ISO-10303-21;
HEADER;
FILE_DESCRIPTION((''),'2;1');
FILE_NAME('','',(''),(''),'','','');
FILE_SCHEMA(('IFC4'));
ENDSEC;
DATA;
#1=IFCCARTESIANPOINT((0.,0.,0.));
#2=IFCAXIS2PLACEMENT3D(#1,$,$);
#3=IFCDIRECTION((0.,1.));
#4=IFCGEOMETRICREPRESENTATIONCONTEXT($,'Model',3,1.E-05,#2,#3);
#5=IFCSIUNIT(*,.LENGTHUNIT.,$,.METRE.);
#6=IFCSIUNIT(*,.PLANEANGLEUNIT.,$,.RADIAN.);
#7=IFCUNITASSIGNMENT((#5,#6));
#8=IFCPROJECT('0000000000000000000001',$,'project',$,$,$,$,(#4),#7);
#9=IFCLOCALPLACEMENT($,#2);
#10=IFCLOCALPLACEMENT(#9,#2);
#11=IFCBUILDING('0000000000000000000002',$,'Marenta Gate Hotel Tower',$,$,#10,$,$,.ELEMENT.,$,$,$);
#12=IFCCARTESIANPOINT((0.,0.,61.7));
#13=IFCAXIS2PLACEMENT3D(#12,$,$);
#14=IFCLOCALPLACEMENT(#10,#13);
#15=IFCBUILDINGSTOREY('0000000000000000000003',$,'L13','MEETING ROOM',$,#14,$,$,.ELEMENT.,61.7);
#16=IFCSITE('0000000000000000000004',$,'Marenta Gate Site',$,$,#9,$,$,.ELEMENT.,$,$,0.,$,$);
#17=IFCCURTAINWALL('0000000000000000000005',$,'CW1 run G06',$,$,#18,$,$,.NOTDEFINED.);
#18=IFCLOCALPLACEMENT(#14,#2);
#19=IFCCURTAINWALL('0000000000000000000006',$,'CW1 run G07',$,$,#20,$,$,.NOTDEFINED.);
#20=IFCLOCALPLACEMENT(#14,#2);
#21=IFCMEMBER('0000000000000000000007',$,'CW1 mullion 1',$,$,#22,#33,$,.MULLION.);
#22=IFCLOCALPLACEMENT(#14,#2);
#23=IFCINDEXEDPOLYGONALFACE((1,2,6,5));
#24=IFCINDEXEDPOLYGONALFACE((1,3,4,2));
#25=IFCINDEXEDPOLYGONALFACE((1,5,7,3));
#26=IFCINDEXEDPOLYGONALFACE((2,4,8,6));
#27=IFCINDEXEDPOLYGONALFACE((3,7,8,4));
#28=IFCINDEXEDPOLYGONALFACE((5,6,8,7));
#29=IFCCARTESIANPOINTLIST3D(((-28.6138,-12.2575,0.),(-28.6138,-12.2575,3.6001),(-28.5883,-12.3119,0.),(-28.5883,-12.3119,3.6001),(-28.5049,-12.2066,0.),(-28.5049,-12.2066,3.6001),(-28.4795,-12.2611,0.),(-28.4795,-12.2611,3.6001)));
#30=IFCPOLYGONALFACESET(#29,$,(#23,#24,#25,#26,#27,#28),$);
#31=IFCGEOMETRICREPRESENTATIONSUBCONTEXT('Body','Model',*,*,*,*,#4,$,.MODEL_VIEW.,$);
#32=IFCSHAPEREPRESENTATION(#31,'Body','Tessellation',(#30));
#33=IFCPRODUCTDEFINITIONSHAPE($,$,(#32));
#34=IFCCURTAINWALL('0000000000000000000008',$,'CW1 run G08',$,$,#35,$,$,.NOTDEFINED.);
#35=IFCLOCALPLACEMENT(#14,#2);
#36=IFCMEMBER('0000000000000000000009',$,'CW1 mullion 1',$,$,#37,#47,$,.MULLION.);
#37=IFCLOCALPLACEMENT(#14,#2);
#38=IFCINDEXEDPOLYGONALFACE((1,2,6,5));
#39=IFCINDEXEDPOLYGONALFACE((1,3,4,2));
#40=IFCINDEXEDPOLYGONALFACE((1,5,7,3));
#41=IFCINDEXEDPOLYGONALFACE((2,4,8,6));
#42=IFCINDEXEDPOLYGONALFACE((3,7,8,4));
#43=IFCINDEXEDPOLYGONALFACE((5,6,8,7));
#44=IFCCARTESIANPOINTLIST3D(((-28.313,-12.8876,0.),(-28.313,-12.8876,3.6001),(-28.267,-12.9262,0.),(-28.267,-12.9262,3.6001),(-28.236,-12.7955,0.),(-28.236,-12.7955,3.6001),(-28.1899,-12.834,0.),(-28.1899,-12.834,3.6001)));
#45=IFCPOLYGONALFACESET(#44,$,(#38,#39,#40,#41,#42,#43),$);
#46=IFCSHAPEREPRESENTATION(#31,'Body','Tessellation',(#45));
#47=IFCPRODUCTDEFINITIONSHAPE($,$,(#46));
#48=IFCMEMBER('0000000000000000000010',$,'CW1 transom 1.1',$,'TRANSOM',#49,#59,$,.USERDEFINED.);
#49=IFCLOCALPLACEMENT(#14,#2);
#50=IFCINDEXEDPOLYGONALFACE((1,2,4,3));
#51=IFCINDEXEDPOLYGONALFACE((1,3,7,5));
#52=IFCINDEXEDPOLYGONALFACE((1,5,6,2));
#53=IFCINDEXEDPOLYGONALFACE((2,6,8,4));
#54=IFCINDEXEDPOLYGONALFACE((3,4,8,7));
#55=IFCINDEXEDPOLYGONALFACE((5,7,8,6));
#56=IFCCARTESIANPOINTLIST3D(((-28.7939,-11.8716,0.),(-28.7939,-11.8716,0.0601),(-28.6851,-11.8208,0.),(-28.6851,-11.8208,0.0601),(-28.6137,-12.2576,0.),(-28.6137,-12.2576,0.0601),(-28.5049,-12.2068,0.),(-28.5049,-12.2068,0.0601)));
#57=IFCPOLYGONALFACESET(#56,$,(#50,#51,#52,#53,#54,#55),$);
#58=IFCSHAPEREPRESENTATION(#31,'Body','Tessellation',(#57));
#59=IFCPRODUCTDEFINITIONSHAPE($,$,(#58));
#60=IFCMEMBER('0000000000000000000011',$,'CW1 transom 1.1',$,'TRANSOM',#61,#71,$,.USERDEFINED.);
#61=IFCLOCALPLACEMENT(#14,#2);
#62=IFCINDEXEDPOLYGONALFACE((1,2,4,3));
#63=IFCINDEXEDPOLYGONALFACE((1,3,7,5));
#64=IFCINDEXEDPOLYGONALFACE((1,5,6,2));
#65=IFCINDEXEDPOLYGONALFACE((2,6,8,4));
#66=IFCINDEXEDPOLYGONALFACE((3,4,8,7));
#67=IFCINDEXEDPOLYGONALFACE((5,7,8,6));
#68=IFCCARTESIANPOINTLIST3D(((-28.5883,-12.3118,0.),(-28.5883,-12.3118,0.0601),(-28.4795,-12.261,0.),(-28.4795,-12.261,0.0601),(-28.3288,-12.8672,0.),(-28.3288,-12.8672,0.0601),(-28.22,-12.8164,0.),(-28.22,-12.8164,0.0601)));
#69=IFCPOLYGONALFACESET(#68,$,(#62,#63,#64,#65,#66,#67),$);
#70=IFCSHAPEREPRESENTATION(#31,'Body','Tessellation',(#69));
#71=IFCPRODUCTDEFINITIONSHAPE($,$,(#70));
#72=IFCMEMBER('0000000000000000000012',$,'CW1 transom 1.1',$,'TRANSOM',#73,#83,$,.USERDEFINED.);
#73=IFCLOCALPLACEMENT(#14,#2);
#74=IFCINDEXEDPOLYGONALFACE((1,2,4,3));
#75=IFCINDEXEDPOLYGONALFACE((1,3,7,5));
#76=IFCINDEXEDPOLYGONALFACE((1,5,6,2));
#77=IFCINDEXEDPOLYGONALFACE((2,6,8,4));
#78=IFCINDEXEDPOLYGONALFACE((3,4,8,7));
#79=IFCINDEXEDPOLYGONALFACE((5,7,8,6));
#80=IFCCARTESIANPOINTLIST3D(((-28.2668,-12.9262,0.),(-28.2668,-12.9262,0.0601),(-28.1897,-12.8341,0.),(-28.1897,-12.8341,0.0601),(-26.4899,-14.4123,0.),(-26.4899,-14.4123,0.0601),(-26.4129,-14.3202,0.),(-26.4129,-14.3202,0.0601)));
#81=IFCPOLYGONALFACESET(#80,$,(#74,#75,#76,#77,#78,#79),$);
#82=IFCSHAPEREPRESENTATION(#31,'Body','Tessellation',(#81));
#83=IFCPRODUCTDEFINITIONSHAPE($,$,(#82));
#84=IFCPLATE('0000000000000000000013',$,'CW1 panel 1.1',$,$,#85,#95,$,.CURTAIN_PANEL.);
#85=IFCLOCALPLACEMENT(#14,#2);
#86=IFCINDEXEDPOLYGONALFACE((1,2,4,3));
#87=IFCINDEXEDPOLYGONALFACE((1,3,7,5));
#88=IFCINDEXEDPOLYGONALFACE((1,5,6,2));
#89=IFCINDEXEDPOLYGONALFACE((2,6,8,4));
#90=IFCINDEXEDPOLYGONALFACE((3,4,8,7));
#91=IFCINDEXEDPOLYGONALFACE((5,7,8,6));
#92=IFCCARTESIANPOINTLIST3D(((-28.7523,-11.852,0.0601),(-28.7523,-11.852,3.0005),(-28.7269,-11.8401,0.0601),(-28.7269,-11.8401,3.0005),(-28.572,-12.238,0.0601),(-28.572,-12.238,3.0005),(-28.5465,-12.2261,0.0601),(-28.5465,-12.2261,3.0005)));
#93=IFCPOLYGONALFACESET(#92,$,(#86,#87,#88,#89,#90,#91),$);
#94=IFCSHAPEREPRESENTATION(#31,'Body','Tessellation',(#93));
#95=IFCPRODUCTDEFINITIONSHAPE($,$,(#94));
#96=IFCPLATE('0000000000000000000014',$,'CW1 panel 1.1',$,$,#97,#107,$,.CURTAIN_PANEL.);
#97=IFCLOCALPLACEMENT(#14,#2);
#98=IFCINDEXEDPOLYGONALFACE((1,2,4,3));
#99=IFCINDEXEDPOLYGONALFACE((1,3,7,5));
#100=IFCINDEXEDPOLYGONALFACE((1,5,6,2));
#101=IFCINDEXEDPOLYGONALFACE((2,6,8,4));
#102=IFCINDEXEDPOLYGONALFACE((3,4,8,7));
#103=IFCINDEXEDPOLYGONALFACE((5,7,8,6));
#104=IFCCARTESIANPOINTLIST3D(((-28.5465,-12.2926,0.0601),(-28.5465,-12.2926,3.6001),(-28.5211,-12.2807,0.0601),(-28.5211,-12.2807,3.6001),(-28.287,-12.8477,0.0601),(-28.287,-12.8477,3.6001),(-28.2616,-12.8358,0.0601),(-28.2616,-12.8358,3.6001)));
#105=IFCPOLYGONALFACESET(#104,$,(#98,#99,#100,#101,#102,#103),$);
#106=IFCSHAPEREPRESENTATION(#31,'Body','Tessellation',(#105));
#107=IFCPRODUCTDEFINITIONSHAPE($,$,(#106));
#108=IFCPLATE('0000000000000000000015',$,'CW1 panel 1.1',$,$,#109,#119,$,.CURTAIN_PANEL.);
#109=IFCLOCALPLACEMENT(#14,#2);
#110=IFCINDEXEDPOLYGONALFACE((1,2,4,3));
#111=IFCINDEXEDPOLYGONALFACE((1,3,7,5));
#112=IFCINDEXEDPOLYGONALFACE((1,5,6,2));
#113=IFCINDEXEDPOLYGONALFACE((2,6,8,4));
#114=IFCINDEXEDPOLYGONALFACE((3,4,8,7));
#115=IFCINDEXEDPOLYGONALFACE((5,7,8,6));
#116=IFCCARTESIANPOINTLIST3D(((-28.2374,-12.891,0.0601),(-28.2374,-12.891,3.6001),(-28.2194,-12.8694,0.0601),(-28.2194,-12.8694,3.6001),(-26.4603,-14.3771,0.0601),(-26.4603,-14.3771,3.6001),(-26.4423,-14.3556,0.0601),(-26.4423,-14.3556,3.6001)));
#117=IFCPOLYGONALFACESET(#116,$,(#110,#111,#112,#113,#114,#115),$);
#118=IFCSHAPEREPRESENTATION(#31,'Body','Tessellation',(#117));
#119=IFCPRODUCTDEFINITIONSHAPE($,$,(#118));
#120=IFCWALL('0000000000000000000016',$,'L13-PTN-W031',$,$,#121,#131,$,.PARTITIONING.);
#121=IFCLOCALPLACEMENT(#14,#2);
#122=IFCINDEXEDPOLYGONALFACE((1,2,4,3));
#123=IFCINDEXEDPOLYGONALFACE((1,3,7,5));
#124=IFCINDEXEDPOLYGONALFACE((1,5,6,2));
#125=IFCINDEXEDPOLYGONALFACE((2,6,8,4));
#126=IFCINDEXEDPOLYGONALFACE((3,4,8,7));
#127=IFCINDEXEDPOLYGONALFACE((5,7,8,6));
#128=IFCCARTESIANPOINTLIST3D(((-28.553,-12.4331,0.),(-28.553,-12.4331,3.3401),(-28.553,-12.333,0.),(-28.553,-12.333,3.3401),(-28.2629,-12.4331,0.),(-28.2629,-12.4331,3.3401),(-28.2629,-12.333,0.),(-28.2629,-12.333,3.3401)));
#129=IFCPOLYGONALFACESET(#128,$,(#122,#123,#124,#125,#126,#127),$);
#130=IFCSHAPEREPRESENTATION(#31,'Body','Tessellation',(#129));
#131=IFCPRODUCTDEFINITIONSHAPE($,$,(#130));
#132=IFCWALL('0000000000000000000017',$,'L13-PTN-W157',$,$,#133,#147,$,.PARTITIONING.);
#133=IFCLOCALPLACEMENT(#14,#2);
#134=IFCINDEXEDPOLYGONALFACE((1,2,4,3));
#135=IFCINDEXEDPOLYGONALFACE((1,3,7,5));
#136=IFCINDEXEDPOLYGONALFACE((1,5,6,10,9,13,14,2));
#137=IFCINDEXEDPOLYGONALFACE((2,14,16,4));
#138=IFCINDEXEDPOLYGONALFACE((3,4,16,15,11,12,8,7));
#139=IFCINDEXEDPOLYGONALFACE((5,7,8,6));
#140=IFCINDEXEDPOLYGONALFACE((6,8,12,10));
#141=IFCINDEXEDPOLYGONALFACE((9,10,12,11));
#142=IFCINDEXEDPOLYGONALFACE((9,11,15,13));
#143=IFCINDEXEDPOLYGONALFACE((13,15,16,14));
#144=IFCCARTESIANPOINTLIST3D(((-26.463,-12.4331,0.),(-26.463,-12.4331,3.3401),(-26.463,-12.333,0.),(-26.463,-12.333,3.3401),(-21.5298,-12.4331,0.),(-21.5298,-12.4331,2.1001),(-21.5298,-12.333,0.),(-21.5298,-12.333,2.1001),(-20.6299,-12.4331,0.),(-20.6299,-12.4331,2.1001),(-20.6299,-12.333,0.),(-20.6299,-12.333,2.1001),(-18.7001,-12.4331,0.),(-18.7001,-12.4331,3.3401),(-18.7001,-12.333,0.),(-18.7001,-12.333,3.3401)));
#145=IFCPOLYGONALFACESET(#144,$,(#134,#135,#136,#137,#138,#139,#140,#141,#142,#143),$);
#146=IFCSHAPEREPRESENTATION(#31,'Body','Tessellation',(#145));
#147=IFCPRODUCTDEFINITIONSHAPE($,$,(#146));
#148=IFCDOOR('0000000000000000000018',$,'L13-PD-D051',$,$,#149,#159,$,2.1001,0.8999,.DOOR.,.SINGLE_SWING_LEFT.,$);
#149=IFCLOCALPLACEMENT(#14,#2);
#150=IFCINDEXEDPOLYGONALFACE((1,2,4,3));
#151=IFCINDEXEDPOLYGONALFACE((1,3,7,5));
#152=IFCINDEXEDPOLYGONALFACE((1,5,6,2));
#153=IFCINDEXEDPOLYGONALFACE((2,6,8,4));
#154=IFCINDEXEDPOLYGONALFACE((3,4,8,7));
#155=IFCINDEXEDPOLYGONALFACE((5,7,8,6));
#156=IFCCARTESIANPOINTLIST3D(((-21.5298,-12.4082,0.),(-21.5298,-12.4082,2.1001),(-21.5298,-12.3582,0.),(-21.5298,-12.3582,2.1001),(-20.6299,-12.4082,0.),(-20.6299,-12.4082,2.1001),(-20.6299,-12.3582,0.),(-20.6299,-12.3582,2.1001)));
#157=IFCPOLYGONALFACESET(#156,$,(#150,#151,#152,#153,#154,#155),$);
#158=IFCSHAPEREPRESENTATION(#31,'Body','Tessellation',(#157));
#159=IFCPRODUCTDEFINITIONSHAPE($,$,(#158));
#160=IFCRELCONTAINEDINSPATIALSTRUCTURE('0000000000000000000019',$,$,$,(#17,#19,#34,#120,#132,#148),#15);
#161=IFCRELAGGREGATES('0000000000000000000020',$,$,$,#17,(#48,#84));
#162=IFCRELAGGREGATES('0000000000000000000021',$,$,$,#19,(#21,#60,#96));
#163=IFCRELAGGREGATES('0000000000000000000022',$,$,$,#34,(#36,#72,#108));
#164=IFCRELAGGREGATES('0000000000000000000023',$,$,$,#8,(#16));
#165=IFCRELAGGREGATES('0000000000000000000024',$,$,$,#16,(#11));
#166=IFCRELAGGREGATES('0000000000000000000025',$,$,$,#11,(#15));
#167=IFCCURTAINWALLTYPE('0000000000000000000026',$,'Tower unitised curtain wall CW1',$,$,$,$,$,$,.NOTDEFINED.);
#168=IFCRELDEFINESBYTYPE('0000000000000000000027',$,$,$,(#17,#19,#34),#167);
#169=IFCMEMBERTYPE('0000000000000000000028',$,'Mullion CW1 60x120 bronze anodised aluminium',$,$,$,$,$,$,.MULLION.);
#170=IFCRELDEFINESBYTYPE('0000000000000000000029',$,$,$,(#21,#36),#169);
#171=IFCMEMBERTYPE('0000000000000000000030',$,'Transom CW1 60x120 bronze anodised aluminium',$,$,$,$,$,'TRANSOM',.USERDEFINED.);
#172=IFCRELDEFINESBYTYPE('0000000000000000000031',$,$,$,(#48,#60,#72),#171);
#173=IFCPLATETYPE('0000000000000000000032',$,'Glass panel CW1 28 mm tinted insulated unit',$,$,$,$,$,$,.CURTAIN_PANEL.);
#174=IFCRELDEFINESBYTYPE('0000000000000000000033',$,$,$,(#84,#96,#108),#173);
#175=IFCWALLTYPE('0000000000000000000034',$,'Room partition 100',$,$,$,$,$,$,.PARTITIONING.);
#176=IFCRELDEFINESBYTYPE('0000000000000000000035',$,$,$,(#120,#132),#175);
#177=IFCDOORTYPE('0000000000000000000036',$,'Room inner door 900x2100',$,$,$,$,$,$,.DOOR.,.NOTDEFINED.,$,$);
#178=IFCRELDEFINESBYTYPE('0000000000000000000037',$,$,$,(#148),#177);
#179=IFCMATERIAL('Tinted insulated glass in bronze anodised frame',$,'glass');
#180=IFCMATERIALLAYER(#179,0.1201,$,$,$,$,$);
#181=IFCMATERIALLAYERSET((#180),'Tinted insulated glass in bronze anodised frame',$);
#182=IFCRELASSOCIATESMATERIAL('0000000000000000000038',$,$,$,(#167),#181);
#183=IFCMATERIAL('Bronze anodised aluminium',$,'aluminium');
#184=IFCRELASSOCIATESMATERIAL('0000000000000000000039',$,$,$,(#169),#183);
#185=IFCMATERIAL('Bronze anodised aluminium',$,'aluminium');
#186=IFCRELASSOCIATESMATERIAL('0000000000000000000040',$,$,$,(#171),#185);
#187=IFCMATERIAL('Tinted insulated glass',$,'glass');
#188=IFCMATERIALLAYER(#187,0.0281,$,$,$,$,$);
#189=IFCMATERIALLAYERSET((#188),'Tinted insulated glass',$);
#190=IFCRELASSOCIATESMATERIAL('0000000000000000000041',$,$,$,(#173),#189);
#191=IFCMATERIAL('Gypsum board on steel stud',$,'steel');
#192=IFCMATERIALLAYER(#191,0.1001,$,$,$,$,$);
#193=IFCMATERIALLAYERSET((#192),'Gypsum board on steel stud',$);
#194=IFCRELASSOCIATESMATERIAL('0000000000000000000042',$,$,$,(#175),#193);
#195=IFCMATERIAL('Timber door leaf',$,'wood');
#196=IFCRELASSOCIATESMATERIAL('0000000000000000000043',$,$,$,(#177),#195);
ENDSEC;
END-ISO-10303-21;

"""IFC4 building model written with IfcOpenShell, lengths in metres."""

from ifc_helpers import new_model, si_unit, direction, frame, frame_2d, origin, origin_2d, place, context, subcontext, project, spatial, rectangle, extrude, material, layer, layer_set, material_profile, profile_set, type_object, element, fill, aggregate, save


model = new_model("IFC4")

# Units and contexts
model_context = context("Model", 3, precision=1e-05, world=origin(), true_north=direction((0.0, 1.0)))
body_context = subcontext(model_context, "Body", "Model", "MODEL_VIEW")
ifc_project = project(units=[si_unit("LENGTHUNIT", "METRE"), si_unit("PLANEANGLEUNIT", "RADIAN")], contexts=[model_context])

# Site, building, storey
site_placement = place(None, origin())
site = spatial("IfcSite", under=ifc_project, at=site_placement, Name="Marenta Gate Site", CompositionType="ELEMENT", RefElevation=0.0)
building_placement = place(site_placement, origin())
building = spatial("IfcBuilding", under=site, at=building_placement, Name="Marenta Gate Hotel Tower", CompositionType="ELEMENT")
storey_placement = place(building_placement, frame((0.0, 0.0, 61.7)))
storey = spatial("IfcBuildingStorey", under=building, at=storey_placement, Name="L13", Description="MEETING ROOM", CompositionType="ELEMENT", Elevation=61.7)

# Curtain walls, members
ifc_material_1 = material(Name="Tinted insulated glass in bronze anodised frame", Category="glass")
ifc_layer_1 = layer(ifc_material_1, 0.1201)
ifc_layer_set_1 = layer_set([ifc_layer_1], Name="Tinted insulated glass in bronze anodised frame")
curtain_wall_type = type_object("IfcCurtainWallType", Name="Tower unitised curtain wall CW1", PredefinedType="NOTDEFINED", material=ifc_layer_set_1)
curtain_wall_1_placement = place(storey_placement, origin())
curtain_wall_1 = element("IfcCurtainWall", 1, at=curtain_wall_1_placement, inside=storey, type_object=curtain_wall_type, Name="CW1 run G06", PredefinedType="NOTDEFINED")
ifc_material_2 = material(Name="Bronze anodised aluminium", Category="aluminium")
ifc_material_profile_1 = material_profile(ifc_material_2, rectangle(XDim=0.1201, YDim=0.0601, at=origin_2d()), Name="Mullion CW1 60x120 bronze anodised aluminium")
ifc_profile_set_1 = profile_set([ifc_material_profile_1], Name="Bronze anodised aluminium")
member_type_1 = type_object("IfcMemberType", Name="Mullion CW1 60x120 bronze anodised aluminium", PredefinedType="MULLION", material=ifc_profile_set_1)
curtain_wall_2_placement = place(storey_placement, origin())
curtain_wall_2 = element("IfcCurtainWall", 2, at=curtain_wall_2_placement, inside=storey, type_object=curtain_wall_type, Name="CW1 run G07", PredefinedType="NOTDEFINED")
member_1_placement = place(storey_placement, frame((-28.5466, -12.2593, 0.0), z_axis=(0.0, 0.0, 1.0), x_axis=(0.905944, 0.423398, 0.0)))
member_1 = element("IfcMember", 3, at=member_1_placement, type_object=member_type_1, Name="CW1 mullion 1", PredefinedType="MULLION", context=body_context, shape_type="SweptSolid", body=[
    extrude(rectangle(XDim=0.1201, YDim=0.0601, at=origin_2d()), origin(), (0.0, 0.0, 1.0), 3.6001),
])
curtain_wall_3_placement = place(storey_placement, origin())
curtain_wall_3 = element("IfcCurtainWall", 4, at=curtain_wall_3_placement, inside=storey, type_object=curtain_wall_type, Name="CW1 run G08", PredefinedType="NOTDEFINED")
member_2_placement = place(storey_placement, frame((-28.2515, -12.8608, 0.0), z_axis=(0.0, 0.0, 1.0), x_axis=(0.641512, 0.767113, 0.0)))
member_2 = element("IfcMember", 5, at=member_2_placement, type_object=member_type_1, Name="CW1 mullion 1", PredefinedType="MULLION", context=body_context, shape_type="SweptSolid", body=[
    extrude(rectangle(XDim=0.1201, YDim=0.0601, at=origin_2d()), origin(), (0.0, 0.0, 1.0), 3.6001),
])

# Members
ifc_material_3 = material(Name="Bronze anodised aluminium", Category="aluminium")
ifc_material_profile_2 = material_profile(ifc_material_3, rectangle(XDim=0.1201, YDim=0.0601, at=origin_2d()), Name="Transom CW1 60x120 bronze anodised aluminium")
ifc_profile_set_2 = profile_set([ifc_material_profile_2], Name="Bronze anodised aluminium")
member_type_2 = type_object("IfcMemberType", Name="Transom CW1 60x120 bronze anodised aluminium", ElementType="TRANSOM", PredefinedType="USERDEFINED", material=ifc_profile_set_2)
member_3_placement = place(storey_placement, frame((-28.7395, -11.8462, 0.03), z_axis=(0.42298, -0.906139, 0.0), x_axis=(0.906139, 0.42298, 0.0)))
member_3 = element("IfcMember", 6, at=member_3_placement, type_object=member_type_2, Name="CW1 transom 1.1", ObjectType="TRANSOM", PredefinedType="USERDEFINED", context=body_context, shape_type="SweptSolid", body=[
    extrude(rectangle(XDim=0.1201, YDim=0.0601, at=origin_2d()), origin(), (0.0, 0.0, 1.0), 0.426),
])
member_4_placement = place(storey_placement, frame((-28.5339, -12.2864, 0.03), z_axis=(0.423321, -0.90598, 0.0), x_axis=(0.90598, 0.423321, 0.0)))
member_4 = element("IfcMember", 7, at=member_4_placement, type_object=member_type_2, Name="CW1 transom 1.1", ObjectType="TRANSOM", PredefinedType="USERDEFINED", context=body_context, shape_type="SweptSolid", body=[
    extrude(rectangle(XDim=0.1201, YDim=0.0601, at=origin_2d()), origin(), (0.0, 0.0, 1.0), 0.613),
])
member_5_placement = place(storey_placement, frame((-28.2283, -12.8801, 0.03), z_axis=(0.76708, -0.641552, 0.0), x_axis=(0.641552, 0.76708, 0.0)))
member_5 = element("IfcMember", 8, at=member_5_placement, type_object=member_type_2, Name="CW1 transom 1.1", ObjectType="TRANSOM", PredefinedType="USERDEFINED", context=body_context, shape_type="SweptSolid", body=[
    extrude(rectangle(XDim=0.1201, YDim=0.0601, at=origin_2d()), origin(), (0.0, 0.0, 1.0), 2.3164),
])

# Plates
ifc_material_4 = material(Name="Tinted insulated glass", Category="glass")
ifc_layer_2 = layer(ifc_material_4, 0.0281)
ifc_layer_set_2 = layer_set([ifc_layer_2], Name="Tinted insulated glass")
plate_type = type_object("IfcPlateType", Name="Glass panel CW1 28 mm tinted insulated unit", PredefinedType="CURTAIN_PANEL", material=ifc_layer_set_2)
plate_1_placement = place(storey_placement, frame((-28.6494, -12.0391, 0.0601), z_axis=(0.0, 0.0, 1.0), x_axis=(0.423268, -0.906004, 0.0)))
plate_1 = element("IfcPlate", 9, at=plate_1_placement, type_object=plate_type, Name="CW1 panel 1.1", PredefinedType="CURTAIN_PANEL", context=body_context, shape_type="SweptSolid", body=[
    extrude(rectangle(XDim=0.426, YDim=0.0281, at=origin_2d()), origin(), (0.0, 0.0, 1.0), 2.9404),
])
aggregate(curtain_wall_1, [member_3, plate_1])
plate_2_placement = place(storey_placement, frame((-28.4041, -12.5642, 0.0601), z_axis=(0.0, 0.0, 1.0), x_axis=(0.423398, -0.905944, 0.0)))
plate_2 = element("IfcPlate", 10, at=plate_2_placement, type_object=plate_type, Name="CW1 panel 1.1", PredefinedType="CURTAIN_PANEL", context=body_context, shape_type="SweptSolid", body=[
    extrude(rectangle(XDim=0.6128, YDim=0.0281, at=origin_2d()), origin(), (0.0, 0.0, 1.0), 3.54),
])
aggregate(curtain_wall_2, [member_1, member_4, plate_2])
plate_3_placement = place(storey_placement, frame((-27.3398, -13.6233, 0.0601), z_axis=(0.0, 0.0, 1.0), x_axis=(0.767113, -0.641512, 0.0)))
plate_3 = element("IfcPlate", 11, at=plate_3_placement, type_object=plate_type, Name="CW1 panel 1.1", PredefinedType="CURTAIN_PANEL", context=body_context, shape_type="SweptSolid", body=[
    extrude(rectangle(XDim=2.3167, YDim=0.0281, at=origin_2d()), origin(), (0.0, 0.0, 1.0), 3.54),
])
aggregate(curtain_wall_3, [member_2, member_5, plate_3])

# Wall
ifc_material_5 = material(Name="Gypsum board on steel stud", Category="steel")
ifc_layer_3 = layer(ifc_material_5, 0.1001)
ifc_layer_set_3 = layer_set([ifc_layer_3], Name="Gypsum board on steel stud")
wall_type = type_object("IfcWallType", Name="Room partition 100", PredefinedType="PARTITIONING", material=ifc_layer_set_3)
wall_1_placement = place(storey_placement, frame((-28.553, -12.3831, 0.0), z_axis=(0.0, 0.0, 1.0), x_axis=(1.0, 0.0, 0.0)))
element("IfcWall", 12, at=wall_1_placement, inside=storey, type_object=wall_type, Name="L13-PTN-W031", PredefinedType="PARTITIONING", context=body_context, shape_type="SweptSolid", body=[
    extrude(rectangle(XDim=0.29, YDim=0.1001, at=frame_2d((0.145, 0.0))), origin(), (0.0, 0.0, 1.0), 3.3401),
])

# Wall, opening, door
wall_2_placement = place(storey_placement, frame((-26.4629, -12.3831, 0.0), z_axis=(0.0, 0.0, 1.0), x_axis=(1.0, 0.0, 0.0)))
wall_2 = element("IfcWall", 13, at=wall_2_placement, inside=storey, type_object=wall_type, Name="L13-PTN-W157", PredefinedType="PARTITIONING", context=body_context, shape_type="SweptSolid", body=[
    extrude(rectangle(XDim=7.7629, YDim=0.1001, at=frame_2d((3.8813, 0.0))), origin(), (0.0, 0.0, 1.0), 3.3401),
])
opening_placement = place(wall_2_placement, frame((4.9331, 0.0, 0.0)))
opening = element("IfcOpeningElement", 14, at=opening_placement, cuts=wall_2, PredefinedType="OPENING", context=body_context, shape_type="SweptSolid", body=[
    extrude(rectangle(XDim=0.8999, YDim=2.1001, at=frame_2d((0.45, 1.05))), frame((0.0, 0.05, 0.0), z_axis=(0.0, -1.0, 0.0), x_axis=(1.0, 0.0, 0.0)), (0.0, 0.0, 1.0), 0.1001),
])
ifc_material_6 = material(Name="Timber door leaf", Category="wood")
door_type = type_object("IfcDoorType", Name="Room inner door 900x2100", OperationType="NOTDEFINED", PredefinedType="DOOR", material=ifc_material_6)
door_placement = place(opening_placement, origin())
door = element("IfcDoor", 15, at=door_placement, inside=storey, type_object=door_type, Name="L13-PD-D051", OperationType="SINGLE_SWING_LEFT", OverallHeight=2.1001, OverallWidth=0.8999, PredefinedType="DOOR", context=body_context, shape_type="SweptSolid", body=[
    extrude(rectangle(XDim=0.8999, YDim=2.1001, at=frame_2d((0.45, 1.05))), frame((0.0, 0.0249, 0.0), z_axis=(0.0, -1.0, 0.0), x_axis=(1.0, 0.0, 0.0)), (0.0, 0.0, 1.0), 0.05),
])
fill(opening, door)

save(model, "model.ifc")
